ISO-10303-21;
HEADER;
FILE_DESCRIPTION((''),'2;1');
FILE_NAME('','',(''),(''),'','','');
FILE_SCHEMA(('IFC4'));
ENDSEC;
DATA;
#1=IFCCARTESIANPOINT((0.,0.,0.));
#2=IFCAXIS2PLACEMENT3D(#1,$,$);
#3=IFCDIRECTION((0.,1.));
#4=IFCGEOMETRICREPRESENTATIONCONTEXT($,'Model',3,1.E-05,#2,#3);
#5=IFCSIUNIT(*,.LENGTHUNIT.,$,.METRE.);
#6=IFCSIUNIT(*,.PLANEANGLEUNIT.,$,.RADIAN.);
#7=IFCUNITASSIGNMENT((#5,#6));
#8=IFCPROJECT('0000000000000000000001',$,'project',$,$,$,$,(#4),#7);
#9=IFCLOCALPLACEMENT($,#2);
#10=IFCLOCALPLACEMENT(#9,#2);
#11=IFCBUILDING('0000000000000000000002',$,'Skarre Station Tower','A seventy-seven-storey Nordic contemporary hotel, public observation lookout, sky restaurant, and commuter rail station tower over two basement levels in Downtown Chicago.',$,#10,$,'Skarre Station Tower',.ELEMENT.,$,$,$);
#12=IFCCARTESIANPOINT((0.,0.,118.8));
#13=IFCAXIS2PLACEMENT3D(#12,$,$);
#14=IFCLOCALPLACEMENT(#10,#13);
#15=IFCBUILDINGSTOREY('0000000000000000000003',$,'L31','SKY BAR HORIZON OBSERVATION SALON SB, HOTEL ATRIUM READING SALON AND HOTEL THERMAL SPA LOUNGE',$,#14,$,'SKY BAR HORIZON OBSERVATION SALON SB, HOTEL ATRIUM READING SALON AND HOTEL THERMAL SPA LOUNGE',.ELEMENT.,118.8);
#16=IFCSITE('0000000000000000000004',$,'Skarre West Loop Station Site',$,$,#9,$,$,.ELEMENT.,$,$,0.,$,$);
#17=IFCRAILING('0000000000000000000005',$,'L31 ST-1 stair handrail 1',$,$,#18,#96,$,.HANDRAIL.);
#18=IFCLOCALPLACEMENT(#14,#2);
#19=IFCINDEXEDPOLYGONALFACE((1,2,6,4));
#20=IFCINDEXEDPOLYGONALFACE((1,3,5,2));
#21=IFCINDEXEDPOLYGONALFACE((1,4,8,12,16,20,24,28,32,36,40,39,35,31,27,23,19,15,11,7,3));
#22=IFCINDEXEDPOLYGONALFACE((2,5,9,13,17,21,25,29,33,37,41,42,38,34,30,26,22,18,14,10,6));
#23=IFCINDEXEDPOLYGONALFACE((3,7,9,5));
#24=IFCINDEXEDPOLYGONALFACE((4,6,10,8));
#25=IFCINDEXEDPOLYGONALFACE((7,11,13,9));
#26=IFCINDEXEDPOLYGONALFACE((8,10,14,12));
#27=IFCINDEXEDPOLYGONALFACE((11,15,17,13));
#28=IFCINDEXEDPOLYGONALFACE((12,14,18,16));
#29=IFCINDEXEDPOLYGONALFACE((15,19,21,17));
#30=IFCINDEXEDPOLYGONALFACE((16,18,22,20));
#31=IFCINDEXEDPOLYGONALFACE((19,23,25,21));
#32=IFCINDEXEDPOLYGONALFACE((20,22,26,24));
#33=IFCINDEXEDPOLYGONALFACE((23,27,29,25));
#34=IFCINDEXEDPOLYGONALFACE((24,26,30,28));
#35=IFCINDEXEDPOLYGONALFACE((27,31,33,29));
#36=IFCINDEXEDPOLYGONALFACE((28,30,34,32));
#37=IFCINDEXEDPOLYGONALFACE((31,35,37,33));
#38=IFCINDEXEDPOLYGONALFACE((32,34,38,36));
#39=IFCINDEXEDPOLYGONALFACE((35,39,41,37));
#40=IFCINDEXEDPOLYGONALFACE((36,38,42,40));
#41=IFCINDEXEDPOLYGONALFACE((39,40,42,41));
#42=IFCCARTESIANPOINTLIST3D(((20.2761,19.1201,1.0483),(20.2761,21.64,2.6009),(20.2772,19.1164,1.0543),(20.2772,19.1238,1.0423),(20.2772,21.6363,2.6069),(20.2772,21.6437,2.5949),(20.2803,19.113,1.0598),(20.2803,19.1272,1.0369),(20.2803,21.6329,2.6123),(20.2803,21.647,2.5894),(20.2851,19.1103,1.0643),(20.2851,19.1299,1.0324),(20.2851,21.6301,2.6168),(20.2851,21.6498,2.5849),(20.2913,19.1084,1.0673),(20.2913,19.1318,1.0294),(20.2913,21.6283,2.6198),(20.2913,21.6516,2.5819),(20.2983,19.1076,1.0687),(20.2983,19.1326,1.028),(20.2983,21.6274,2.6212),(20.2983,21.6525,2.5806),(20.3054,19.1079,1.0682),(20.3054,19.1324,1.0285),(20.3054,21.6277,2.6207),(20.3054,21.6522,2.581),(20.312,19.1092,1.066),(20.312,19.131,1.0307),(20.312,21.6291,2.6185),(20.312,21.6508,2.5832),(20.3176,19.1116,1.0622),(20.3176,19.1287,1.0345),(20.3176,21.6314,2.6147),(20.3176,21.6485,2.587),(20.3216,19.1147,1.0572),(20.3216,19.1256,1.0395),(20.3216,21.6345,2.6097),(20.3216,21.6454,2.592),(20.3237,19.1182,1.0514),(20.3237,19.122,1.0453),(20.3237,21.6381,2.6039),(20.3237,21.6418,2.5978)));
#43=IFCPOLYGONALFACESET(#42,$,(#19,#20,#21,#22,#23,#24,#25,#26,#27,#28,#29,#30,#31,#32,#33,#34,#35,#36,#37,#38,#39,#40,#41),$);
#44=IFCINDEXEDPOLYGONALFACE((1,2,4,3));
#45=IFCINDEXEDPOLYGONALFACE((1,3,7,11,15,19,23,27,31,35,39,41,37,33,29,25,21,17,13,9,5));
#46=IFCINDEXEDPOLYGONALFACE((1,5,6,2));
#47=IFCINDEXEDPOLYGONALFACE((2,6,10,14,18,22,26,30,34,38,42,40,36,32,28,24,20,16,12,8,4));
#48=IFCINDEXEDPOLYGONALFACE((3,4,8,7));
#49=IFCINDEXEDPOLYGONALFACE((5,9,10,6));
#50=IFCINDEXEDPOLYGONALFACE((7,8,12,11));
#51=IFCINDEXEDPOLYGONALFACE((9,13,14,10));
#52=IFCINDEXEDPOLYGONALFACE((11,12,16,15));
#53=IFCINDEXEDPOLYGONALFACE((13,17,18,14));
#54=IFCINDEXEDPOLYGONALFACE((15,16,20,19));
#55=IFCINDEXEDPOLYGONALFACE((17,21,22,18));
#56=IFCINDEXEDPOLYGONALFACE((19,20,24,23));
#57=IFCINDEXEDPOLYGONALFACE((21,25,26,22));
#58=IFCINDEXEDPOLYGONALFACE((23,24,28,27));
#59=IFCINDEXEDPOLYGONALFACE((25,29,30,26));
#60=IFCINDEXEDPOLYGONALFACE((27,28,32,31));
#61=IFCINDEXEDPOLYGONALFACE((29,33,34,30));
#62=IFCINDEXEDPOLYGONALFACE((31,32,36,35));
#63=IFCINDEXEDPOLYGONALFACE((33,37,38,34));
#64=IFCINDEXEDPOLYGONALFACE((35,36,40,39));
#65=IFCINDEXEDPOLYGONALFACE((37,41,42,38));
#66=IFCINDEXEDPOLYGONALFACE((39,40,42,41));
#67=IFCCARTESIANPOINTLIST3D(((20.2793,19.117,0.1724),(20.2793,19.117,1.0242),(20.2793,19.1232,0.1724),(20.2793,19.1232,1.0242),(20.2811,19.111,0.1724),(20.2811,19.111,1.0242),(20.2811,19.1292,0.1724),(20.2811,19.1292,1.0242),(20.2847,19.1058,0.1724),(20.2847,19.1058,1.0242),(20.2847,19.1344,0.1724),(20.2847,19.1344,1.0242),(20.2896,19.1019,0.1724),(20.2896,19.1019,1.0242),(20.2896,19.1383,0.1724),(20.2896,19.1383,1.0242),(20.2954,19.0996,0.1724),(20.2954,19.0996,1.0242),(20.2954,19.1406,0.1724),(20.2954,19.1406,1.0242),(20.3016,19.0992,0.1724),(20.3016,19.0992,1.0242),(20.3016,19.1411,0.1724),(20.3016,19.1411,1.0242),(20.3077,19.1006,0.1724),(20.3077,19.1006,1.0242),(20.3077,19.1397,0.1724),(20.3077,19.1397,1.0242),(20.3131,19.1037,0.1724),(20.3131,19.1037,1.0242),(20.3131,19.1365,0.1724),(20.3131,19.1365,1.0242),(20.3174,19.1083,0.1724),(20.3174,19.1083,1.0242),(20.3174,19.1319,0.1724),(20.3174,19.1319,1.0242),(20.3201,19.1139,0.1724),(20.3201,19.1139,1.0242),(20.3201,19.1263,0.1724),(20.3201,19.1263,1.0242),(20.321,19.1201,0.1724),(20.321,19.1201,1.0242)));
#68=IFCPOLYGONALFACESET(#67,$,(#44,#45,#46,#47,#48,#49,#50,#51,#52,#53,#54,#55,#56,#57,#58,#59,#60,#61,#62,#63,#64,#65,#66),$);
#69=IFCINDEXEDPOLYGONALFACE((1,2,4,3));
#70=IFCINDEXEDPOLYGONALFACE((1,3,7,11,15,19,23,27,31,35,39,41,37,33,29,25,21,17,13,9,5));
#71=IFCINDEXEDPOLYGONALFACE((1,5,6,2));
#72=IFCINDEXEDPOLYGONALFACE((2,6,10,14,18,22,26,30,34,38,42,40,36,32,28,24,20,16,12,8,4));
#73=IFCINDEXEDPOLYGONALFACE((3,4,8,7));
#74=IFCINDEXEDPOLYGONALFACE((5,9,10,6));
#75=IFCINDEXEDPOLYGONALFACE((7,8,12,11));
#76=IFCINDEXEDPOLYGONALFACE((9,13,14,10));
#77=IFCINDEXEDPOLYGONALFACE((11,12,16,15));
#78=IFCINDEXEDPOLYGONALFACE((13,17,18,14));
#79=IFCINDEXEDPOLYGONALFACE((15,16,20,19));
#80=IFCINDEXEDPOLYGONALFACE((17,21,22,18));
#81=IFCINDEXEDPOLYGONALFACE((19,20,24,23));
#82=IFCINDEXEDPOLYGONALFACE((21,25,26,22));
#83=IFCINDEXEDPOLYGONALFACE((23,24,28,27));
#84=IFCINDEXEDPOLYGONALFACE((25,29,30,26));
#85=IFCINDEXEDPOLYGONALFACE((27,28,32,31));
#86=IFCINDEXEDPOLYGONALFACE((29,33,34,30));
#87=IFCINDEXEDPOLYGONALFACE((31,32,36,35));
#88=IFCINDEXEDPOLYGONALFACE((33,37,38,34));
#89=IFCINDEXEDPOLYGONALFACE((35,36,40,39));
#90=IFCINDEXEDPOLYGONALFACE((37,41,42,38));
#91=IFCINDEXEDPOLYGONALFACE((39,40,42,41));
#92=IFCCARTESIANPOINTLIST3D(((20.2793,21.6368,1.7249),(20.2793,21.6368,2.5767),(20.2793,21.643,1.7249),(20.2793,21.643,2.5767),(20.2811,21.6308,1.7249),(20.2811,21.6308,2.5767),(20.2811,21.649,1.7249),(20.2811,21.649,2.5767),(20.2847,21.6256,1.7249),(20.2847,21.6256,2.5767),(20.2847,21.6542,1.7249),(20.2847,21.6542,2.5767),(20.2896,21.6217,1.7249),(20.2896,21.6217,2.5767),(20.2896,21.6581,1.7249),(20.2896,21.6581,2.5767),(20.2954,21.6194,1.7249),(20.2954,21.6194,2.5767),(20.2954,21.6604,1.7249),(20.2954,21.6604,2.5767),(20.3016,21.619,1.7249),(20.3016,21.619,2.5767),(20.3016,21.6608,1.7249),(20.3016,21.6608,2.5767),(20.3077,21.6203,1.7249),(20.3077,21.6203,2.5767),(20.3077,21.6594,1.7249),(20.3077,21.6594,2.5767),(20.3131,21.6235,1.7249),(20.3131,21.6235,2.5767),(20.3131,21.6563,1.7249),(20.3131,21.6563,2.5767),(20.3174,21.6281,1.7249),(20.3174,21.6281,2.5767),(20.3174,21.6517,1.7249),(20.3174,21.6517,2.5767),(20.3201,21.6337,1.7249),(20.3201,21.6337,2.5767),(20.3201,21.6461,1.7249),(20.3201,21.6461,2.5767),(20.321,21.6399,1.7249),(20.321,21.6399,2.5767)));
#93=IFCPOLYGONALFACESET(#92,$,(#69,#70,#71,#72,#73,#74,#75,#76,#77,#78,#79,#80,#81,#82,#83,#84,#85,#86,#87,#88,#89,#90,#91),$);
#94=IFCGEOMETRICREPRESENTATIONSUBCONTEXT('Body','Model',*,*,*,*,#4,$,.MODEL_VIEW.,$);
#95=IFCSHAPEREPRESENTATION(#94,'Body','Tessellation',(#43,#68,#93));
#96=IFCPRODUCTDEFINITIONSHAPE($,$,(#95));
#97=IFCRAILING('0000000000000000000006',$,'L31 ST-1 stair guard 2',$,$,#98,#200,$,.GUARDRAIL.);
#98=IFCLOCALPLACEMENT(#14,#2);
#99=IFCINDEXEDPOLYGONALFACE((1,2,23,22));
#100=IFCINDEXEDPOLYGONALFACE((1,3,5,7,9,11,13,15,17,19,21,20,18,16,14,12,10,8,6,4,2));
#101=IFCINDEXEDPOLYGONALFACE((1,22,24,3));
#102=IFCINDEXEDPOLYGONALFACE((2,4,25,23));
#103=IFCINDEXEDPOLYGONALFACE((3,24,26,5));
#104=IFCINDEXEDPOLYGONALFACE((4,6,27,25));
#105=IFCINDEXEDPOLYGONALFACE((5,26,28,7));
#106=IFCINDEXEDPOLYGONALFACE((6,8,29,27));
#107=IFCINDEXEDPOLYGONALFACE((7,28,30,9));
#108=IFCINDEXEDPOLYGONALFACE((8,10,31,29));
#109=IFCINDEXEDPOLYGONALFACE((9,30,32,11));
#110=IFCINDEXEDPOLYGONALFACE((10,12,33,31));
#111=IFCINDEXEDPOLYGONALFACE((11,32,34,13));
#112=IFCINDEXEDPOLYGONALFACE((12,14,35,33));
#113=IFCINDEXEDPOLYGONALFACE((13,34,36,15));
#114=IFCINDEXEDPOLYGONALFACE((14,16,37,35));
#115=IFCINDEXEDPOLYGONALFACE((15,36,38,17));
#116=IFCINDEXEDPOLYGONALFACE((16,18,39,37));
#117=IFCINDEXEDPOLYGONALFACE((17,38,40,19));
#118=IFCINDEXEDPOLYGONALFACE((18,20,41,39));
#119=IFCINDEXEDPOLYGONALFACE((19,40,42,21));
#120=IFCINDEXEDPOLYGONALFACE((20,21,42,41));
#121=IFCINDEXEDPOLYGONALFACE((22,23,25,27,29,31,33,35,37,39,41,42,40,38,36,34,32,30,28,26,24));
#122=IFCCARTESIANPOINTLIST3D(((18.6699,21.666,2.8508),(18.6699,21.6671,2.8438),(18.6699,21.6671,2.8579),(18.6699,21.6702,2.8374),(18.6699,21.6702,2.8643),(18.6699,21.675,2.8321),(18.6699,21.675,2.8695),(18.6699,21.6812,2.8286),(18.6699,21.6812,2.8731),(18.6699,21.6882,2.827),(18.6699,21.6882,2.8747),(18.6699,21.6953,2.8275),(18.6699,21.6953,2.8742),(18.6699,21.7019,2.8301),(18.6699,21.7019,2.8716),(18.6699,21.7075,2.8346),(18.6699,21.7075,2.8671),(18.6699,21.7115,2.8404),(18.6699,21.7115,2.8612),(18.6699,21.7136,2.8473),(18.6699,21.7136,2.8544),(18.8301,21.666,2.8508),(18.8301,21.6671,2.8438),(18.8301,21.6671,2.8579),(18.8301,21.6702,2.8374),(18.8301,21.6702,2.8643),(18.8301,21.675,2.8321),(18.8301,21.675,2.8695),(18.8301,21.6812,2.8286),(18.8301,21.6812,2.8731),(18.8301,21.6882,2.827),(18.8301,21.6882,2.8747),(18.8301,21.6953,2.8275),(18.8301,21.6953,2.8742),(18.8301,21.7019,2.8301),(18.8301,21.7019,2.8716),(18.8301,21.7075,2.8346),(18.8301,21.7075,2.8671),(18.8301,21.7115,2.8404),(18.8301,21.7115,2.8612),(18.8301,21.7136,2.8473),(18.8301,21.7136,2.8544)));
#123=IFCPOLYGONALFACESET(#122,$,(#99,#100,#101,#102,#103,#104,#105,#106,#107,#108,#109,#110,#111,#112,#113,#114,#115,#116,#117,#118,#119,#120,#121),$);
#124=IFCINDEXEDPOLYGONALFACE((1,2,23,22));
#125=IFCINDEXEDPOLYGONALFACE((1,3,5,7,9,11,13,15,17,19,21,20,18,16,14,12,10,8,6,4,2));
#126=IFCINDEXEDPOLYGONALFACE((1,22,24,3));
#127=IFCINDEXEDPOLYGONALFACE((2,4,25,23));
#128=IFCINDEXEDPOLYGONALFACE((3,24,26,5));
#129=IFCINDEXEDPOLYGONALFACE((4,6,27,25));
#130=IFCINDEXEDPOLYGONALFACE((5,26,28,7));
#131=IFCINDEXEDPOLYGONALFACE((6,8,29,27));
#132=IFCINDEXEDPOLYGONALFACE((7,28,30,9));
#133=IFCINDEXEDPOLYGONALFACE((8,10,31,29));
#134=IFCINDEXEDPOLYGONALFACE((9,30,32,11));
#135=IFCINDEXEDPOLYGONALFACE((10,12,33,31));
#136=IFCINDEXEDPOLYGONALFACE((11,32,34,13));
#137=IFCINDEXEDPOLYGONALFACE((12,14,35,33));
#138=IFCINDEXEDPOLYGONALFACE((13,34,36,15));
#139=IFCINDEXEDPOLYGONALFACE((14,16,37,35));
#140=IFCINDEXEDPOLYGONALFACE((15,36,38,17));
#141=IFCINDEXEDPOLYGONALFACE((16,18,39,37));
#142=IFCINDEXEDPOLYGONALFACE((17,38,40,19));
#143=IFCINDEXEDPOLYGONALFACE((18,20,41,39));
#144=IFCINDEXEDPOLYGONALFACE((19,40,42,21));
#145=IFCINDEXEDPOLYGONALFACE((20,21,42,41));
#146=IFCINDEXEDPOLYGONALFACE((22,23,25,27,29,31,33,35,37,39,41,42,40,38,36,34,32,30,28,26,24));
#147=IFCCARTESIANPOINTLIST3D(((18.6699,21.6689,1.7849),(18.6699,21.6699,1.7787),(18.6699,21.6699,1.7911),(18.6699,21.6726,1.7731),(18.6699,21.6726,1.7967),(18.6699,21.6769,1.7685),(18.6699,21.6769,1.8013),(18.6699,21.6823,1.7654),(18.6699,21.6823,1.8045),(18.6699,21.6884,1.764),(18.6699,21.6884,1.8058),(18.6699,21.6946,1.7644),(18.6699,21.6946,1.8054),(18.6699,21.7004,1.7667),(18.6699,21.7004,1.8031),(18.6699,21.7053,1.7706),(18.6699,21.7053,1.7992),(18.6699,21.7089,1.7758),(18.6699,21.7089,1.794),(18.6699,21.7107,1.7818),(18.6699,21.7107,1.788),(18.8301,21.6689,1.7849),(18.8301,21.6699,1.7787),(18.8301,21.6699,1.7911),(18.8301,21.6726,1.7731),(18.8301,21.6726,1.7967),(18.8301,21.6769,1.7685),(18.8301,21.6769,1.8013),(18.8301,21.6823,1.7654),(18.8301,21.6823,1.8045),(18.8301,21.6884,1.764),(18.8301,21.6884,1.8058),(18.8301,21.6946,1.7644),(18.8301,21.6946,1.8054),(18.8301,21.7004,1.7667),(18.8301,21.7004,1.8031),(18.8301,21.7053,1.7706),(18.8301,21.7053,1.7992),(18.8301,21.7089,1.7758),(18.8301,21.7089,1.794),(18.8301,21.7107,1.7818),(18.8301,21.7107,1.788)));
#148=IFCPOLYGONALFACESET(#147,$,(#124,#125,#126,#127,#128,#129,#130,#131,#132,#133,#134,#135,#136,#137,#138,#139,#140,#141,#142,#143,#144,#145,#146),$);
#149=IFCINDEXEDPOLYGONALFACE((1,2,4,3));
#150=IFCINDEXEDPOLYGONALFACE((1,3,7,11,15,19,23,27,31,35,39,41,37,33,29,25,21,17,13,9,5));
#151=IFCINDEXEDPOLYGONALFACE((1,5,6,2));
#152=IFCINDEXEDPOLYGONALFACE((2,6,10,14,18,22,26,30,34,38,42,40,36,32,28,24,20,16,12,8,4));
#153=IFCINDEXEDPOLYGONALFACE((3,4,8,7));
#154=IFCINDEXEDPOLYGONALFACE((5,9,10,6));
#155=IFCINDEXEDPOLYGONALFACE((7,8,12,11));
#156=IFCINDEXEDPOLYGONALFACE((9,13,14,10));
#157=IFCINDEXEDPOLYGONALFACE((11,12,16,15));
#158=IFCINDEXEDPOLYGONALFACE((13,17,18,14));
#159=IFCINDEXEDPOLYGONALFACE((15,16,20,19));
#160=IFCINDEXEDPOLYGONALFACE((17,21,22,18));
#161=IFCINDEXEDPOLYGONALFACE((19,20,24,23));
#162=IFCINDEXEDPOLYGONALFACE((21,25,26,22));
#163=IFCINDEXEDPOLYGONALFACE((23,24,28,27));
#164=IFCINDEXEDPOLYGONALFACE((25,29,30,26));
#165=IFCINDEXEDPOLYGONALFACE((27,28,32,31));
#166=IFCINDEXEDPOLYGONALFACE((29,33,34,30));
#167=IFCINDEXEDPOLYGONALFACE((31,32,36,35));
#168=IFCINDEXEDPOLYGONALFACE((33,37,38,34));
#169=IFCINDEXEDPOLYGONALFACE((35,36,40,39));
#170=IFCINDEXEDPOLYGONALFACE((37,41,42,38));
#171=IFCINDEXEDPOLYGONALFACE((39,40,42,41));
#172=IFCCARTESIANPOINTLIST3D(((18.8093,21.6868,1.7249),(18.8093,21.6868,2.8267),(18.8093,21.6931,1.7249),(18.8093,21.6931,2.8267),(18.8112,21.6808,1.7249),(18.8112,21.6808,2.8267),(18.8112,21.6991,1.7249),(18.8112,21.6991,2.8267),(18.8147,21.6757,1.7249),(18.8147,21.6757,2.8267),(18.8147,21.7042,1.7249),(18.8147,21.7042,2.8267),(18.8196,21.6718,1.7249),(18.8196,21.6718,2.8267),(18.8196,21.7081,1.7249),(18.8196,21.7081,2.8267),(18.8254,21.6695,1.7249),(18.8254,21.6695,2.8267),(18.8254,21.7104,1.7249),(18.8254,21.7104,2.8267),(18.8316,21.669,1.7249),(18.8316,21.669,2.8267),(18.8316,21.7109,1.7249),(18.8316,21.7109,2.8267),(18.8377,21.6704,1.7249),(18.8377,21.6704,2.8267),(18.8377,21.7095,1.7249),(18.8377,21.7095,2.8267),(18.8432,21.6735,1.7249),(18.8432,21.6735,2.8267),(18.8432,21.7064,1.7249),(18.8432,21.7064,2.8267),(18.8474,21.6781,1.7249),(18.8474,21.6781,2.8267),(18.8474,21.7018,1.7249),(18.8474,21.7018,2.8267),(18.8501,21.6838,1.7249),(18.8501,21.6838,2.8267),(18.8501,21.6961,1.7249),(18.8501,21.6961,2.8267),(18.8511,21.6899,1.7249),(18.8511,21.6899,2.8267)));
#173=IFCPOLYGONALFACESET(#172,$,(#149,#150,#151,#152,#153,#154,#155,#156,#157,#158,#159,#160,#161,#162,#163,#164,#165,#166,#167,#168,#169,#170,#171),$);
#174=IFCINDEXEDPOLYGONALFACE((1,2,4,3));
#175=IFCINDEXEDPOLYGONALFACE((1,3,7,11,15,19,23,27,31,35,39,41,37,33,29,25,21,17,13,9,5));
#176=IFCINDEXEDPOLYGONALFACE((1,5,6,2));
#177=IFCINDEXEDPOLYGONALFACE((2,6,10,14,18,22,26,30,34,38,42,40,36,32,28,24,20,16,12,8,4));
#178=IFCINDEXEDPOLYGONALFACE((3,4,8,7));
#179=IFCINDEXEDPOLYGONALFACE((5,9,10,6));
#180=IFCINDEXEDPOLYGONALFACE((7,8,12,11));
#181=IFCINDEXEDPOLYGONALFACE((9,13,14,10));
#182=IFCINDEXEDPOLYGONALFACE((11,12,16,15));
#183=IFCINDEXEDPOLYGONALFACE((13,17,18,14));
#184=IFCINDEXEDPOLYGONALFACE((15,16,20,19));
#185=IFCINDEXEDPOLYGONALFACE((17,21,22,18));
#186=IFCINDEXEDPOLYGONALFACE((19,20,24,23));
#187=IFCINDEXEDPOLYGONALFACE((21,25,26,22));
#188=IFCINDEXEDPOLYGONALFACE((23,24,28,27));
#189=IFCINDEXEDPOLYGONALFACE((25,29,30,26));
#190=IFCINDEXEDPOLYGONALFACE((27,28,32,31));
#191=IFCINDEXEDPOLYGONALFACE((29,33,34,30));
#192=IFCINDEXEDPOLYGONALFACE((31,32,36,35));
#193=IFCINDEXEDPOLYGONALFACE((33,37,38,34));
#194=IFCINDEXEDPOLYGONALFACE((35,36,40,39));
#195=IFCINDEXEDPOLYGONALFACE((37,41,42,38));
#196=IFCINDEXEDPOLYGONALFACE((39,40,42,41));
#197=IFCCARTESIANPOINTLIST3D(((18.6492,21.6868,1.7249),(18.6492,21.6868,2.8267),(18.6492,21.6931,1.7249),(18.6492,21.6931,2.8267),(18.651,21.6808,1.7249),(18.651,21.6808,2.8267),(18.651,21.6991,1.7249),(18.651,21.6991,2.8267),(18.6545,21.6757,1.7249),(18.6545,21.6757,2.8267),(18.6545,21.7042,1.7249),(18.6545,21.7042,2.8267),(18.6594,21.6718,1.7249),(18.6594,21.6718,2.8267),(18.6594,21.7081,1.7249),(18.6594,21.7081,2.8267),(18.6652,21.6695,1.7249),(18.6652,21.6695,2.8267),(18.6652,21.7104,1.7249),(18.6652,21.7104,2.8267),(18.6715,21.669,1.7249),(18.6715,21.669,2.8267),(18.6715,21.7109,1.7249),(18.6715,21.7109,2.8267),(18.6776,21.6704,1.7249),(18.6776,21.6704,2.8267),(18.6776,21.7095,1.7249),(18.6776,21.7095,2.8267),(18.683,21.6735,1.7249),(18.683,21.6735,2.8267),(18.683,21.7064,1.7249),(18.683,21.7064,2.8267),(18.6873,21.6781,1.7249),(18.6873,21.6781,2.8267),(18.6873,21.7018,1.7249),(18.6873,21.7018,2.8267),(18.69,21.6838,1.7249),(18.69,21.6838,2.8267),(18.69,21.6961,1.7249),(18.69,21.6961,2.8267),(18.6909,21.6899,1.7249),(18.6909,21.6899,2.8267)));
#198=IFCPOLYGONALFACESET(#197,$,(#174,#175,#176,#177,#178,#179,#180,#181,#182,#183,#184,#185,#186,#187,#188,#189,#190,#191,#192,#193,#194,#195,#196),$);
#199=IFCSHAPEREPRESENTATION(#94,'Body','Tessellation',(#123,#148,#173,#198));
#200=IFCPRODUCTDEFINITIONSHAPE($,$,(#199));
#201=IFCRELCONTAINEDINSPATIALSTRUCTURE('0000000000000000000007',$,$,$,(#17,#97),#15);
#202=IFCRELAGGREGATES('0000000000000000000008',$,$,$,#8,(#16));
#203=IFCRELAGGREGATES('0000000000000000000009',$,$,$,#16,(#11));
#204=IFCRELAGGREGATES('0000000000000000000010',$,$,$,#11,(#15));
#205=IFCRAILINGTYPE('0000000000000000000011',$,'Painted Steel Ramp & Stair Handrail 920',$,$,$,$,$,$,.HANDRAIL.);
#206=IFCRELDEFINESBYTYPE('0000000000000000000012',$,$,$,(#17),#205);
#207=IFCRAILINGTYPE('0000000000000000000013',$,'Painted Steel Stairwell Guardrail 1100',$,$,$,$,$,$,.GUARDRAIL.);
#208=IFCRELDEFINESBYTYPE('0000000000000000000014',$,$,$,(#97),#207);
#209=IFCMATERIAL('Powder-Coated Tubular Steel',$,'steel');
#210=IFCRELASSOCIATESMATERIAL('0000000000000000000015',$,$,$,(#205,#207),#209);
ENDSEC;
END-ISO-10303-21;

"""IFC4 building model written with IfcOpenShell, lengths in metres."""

from ifc_helpers import new_model, si_unit, direction, frame, origin, origin_2d, place, context, subcontext, project, spatial, circle, extrude, material, type_object, element, save


model = new_model("IFC4")

# Units and contexts
model_context = context("Model", 3, precision=1e-05, world=origin(), true_north=direction((0.0, 1.0)))
body_context = subcontext(model_context, "Body", "Model", "MODEL_VIEW")
ifc_project = project(units=[si_unit("LENGTHUNIT", "METRE"), si_unit("PLANEANGLEUNIT", "RADIAN")], contexts=[model_context])

# Site, building, storey
site_placement = place(None, origin())
site = spatial("IfcSite", under=ifc_project, at=site_placement, Name="Skarre West Loop Station Site", CompositionType="ELEMENT", RefElevation=0.0)
building_placement = place(site_placement, origin())
building = spatial("IfcBuilding", under=site, at=building_placement, Name="Skarre Station Tower", Description="A seventy-seven-storey Nordic contemporary hotel, public observation lookout, sky restaurant, and commuter rail station tower over two basement levels in Downtown Chicago.", LongName="Skarre Station Tower", CompositionType="ELEMENT")
storey_placement = place(building_placement, frame((0.0, 0.0, 118.8)))
storey = spatial("IfcBuildingStorey", under=building, at=storey_placement, Name="L31", Description="SKY BAR HORIZON OBSERVATION SALON SB, HOTEL ATRIUM READING SALON AND HOTEL THERMAL SPA LOUNGE", LongName="SKY BAR HORIZON OBSERVATION SALON SB, HOTEL ATRIUM READING SALON AND HOTEL THERMAL SPA LOUNGE", CompositionType="ELEMENT", Elevation=118.8)

# Railings
ifc_material_1 = material(Name="Powder-Coated Tubular Steel", Category="steel")
railing_type_1 = type_object("IfcRailingType", Name="Painted Steel Ramp & Stair Handrail 920", PredefinedType="HANDRAIL", material=ifc_material_1)
railing_1_placement = place(storey_placement, frame((20.3, 19.1201, 0.1724)))
element("IfcRailing", 1, at=railing_1_placement, inside=storey, type_object=railing_type_1, Name="L31 ST-1 stair handrail 1", PredefinedType="HANDRAIL", context=body_context, shape_type="SweptSolid", body=[
    extrude(circle(Radius=0.0239, at=origin_2d()), frame((0.0, 0.0, 0.876), z_axis=(0.0, 0.851378, 0.524553), x_axis=(-1.0, 0.0, 0.0)), (0.0, 0.0, 1.0), 2.9597),
    extrude(circle(Radius=0.021, at=origin_2d()), origin(), (0.0, 0.0, 1.0), 0.8518),
    extrude(circle(Radius=0.021, at=origin_2d()), frame((0.0, 2.5198, 1.5525)), (0.0, 0.0, 1.0), 0.8518),
])
railing_type_2 = type_object("IfcRailingType", Name="Painted Steel Stairwell Guardrail 1100", PredefinedType="GUARDRAIL", material=ifc_material_1)
railing_2_placement = place(storey_placement, frame((18.8301, 21.6899, 1.7249)))
element("IfcRailing", 2, at=railing_2_placement, inside=storey, type_object=railing_type_2, Name="L31 ST-1 stair guard 2", PredefinedType="GUARDRAIL", context=body_context, shape_type="SweptSolid", body=[
    extrude(circle(Radius=0.0239, at=origin_2d()), frame((0.0, 0.0, 1.126), z_axis=(-1.0, 0.0, 0.0), x_axis=(0.0, -1.0, 0.0)), (0.0, 0.0, 1.0), 0.1602),
    extrude(circle(Radius=0.021, at=origin_2d()), frame((0.0, 0.0, 0.0601), z_axis=(-1.0, 0.0, 0.0), x_axis=(0.0, -1.0, 0.0)), (0.0, 0.0, 1.0), 0.1602),
    extrude(circle(Radius=0.021, at=origin_2d()), origin(), (0.0, 0.0, 1.0), 1.1018),
    extrude(circle(Radius=0.021, at=origin_2d()), frame((-0.1602, 0.0, 0.0)), (0.0, 0.0, 1.0), 1.1018),
])

save(model, "model.ifc")
